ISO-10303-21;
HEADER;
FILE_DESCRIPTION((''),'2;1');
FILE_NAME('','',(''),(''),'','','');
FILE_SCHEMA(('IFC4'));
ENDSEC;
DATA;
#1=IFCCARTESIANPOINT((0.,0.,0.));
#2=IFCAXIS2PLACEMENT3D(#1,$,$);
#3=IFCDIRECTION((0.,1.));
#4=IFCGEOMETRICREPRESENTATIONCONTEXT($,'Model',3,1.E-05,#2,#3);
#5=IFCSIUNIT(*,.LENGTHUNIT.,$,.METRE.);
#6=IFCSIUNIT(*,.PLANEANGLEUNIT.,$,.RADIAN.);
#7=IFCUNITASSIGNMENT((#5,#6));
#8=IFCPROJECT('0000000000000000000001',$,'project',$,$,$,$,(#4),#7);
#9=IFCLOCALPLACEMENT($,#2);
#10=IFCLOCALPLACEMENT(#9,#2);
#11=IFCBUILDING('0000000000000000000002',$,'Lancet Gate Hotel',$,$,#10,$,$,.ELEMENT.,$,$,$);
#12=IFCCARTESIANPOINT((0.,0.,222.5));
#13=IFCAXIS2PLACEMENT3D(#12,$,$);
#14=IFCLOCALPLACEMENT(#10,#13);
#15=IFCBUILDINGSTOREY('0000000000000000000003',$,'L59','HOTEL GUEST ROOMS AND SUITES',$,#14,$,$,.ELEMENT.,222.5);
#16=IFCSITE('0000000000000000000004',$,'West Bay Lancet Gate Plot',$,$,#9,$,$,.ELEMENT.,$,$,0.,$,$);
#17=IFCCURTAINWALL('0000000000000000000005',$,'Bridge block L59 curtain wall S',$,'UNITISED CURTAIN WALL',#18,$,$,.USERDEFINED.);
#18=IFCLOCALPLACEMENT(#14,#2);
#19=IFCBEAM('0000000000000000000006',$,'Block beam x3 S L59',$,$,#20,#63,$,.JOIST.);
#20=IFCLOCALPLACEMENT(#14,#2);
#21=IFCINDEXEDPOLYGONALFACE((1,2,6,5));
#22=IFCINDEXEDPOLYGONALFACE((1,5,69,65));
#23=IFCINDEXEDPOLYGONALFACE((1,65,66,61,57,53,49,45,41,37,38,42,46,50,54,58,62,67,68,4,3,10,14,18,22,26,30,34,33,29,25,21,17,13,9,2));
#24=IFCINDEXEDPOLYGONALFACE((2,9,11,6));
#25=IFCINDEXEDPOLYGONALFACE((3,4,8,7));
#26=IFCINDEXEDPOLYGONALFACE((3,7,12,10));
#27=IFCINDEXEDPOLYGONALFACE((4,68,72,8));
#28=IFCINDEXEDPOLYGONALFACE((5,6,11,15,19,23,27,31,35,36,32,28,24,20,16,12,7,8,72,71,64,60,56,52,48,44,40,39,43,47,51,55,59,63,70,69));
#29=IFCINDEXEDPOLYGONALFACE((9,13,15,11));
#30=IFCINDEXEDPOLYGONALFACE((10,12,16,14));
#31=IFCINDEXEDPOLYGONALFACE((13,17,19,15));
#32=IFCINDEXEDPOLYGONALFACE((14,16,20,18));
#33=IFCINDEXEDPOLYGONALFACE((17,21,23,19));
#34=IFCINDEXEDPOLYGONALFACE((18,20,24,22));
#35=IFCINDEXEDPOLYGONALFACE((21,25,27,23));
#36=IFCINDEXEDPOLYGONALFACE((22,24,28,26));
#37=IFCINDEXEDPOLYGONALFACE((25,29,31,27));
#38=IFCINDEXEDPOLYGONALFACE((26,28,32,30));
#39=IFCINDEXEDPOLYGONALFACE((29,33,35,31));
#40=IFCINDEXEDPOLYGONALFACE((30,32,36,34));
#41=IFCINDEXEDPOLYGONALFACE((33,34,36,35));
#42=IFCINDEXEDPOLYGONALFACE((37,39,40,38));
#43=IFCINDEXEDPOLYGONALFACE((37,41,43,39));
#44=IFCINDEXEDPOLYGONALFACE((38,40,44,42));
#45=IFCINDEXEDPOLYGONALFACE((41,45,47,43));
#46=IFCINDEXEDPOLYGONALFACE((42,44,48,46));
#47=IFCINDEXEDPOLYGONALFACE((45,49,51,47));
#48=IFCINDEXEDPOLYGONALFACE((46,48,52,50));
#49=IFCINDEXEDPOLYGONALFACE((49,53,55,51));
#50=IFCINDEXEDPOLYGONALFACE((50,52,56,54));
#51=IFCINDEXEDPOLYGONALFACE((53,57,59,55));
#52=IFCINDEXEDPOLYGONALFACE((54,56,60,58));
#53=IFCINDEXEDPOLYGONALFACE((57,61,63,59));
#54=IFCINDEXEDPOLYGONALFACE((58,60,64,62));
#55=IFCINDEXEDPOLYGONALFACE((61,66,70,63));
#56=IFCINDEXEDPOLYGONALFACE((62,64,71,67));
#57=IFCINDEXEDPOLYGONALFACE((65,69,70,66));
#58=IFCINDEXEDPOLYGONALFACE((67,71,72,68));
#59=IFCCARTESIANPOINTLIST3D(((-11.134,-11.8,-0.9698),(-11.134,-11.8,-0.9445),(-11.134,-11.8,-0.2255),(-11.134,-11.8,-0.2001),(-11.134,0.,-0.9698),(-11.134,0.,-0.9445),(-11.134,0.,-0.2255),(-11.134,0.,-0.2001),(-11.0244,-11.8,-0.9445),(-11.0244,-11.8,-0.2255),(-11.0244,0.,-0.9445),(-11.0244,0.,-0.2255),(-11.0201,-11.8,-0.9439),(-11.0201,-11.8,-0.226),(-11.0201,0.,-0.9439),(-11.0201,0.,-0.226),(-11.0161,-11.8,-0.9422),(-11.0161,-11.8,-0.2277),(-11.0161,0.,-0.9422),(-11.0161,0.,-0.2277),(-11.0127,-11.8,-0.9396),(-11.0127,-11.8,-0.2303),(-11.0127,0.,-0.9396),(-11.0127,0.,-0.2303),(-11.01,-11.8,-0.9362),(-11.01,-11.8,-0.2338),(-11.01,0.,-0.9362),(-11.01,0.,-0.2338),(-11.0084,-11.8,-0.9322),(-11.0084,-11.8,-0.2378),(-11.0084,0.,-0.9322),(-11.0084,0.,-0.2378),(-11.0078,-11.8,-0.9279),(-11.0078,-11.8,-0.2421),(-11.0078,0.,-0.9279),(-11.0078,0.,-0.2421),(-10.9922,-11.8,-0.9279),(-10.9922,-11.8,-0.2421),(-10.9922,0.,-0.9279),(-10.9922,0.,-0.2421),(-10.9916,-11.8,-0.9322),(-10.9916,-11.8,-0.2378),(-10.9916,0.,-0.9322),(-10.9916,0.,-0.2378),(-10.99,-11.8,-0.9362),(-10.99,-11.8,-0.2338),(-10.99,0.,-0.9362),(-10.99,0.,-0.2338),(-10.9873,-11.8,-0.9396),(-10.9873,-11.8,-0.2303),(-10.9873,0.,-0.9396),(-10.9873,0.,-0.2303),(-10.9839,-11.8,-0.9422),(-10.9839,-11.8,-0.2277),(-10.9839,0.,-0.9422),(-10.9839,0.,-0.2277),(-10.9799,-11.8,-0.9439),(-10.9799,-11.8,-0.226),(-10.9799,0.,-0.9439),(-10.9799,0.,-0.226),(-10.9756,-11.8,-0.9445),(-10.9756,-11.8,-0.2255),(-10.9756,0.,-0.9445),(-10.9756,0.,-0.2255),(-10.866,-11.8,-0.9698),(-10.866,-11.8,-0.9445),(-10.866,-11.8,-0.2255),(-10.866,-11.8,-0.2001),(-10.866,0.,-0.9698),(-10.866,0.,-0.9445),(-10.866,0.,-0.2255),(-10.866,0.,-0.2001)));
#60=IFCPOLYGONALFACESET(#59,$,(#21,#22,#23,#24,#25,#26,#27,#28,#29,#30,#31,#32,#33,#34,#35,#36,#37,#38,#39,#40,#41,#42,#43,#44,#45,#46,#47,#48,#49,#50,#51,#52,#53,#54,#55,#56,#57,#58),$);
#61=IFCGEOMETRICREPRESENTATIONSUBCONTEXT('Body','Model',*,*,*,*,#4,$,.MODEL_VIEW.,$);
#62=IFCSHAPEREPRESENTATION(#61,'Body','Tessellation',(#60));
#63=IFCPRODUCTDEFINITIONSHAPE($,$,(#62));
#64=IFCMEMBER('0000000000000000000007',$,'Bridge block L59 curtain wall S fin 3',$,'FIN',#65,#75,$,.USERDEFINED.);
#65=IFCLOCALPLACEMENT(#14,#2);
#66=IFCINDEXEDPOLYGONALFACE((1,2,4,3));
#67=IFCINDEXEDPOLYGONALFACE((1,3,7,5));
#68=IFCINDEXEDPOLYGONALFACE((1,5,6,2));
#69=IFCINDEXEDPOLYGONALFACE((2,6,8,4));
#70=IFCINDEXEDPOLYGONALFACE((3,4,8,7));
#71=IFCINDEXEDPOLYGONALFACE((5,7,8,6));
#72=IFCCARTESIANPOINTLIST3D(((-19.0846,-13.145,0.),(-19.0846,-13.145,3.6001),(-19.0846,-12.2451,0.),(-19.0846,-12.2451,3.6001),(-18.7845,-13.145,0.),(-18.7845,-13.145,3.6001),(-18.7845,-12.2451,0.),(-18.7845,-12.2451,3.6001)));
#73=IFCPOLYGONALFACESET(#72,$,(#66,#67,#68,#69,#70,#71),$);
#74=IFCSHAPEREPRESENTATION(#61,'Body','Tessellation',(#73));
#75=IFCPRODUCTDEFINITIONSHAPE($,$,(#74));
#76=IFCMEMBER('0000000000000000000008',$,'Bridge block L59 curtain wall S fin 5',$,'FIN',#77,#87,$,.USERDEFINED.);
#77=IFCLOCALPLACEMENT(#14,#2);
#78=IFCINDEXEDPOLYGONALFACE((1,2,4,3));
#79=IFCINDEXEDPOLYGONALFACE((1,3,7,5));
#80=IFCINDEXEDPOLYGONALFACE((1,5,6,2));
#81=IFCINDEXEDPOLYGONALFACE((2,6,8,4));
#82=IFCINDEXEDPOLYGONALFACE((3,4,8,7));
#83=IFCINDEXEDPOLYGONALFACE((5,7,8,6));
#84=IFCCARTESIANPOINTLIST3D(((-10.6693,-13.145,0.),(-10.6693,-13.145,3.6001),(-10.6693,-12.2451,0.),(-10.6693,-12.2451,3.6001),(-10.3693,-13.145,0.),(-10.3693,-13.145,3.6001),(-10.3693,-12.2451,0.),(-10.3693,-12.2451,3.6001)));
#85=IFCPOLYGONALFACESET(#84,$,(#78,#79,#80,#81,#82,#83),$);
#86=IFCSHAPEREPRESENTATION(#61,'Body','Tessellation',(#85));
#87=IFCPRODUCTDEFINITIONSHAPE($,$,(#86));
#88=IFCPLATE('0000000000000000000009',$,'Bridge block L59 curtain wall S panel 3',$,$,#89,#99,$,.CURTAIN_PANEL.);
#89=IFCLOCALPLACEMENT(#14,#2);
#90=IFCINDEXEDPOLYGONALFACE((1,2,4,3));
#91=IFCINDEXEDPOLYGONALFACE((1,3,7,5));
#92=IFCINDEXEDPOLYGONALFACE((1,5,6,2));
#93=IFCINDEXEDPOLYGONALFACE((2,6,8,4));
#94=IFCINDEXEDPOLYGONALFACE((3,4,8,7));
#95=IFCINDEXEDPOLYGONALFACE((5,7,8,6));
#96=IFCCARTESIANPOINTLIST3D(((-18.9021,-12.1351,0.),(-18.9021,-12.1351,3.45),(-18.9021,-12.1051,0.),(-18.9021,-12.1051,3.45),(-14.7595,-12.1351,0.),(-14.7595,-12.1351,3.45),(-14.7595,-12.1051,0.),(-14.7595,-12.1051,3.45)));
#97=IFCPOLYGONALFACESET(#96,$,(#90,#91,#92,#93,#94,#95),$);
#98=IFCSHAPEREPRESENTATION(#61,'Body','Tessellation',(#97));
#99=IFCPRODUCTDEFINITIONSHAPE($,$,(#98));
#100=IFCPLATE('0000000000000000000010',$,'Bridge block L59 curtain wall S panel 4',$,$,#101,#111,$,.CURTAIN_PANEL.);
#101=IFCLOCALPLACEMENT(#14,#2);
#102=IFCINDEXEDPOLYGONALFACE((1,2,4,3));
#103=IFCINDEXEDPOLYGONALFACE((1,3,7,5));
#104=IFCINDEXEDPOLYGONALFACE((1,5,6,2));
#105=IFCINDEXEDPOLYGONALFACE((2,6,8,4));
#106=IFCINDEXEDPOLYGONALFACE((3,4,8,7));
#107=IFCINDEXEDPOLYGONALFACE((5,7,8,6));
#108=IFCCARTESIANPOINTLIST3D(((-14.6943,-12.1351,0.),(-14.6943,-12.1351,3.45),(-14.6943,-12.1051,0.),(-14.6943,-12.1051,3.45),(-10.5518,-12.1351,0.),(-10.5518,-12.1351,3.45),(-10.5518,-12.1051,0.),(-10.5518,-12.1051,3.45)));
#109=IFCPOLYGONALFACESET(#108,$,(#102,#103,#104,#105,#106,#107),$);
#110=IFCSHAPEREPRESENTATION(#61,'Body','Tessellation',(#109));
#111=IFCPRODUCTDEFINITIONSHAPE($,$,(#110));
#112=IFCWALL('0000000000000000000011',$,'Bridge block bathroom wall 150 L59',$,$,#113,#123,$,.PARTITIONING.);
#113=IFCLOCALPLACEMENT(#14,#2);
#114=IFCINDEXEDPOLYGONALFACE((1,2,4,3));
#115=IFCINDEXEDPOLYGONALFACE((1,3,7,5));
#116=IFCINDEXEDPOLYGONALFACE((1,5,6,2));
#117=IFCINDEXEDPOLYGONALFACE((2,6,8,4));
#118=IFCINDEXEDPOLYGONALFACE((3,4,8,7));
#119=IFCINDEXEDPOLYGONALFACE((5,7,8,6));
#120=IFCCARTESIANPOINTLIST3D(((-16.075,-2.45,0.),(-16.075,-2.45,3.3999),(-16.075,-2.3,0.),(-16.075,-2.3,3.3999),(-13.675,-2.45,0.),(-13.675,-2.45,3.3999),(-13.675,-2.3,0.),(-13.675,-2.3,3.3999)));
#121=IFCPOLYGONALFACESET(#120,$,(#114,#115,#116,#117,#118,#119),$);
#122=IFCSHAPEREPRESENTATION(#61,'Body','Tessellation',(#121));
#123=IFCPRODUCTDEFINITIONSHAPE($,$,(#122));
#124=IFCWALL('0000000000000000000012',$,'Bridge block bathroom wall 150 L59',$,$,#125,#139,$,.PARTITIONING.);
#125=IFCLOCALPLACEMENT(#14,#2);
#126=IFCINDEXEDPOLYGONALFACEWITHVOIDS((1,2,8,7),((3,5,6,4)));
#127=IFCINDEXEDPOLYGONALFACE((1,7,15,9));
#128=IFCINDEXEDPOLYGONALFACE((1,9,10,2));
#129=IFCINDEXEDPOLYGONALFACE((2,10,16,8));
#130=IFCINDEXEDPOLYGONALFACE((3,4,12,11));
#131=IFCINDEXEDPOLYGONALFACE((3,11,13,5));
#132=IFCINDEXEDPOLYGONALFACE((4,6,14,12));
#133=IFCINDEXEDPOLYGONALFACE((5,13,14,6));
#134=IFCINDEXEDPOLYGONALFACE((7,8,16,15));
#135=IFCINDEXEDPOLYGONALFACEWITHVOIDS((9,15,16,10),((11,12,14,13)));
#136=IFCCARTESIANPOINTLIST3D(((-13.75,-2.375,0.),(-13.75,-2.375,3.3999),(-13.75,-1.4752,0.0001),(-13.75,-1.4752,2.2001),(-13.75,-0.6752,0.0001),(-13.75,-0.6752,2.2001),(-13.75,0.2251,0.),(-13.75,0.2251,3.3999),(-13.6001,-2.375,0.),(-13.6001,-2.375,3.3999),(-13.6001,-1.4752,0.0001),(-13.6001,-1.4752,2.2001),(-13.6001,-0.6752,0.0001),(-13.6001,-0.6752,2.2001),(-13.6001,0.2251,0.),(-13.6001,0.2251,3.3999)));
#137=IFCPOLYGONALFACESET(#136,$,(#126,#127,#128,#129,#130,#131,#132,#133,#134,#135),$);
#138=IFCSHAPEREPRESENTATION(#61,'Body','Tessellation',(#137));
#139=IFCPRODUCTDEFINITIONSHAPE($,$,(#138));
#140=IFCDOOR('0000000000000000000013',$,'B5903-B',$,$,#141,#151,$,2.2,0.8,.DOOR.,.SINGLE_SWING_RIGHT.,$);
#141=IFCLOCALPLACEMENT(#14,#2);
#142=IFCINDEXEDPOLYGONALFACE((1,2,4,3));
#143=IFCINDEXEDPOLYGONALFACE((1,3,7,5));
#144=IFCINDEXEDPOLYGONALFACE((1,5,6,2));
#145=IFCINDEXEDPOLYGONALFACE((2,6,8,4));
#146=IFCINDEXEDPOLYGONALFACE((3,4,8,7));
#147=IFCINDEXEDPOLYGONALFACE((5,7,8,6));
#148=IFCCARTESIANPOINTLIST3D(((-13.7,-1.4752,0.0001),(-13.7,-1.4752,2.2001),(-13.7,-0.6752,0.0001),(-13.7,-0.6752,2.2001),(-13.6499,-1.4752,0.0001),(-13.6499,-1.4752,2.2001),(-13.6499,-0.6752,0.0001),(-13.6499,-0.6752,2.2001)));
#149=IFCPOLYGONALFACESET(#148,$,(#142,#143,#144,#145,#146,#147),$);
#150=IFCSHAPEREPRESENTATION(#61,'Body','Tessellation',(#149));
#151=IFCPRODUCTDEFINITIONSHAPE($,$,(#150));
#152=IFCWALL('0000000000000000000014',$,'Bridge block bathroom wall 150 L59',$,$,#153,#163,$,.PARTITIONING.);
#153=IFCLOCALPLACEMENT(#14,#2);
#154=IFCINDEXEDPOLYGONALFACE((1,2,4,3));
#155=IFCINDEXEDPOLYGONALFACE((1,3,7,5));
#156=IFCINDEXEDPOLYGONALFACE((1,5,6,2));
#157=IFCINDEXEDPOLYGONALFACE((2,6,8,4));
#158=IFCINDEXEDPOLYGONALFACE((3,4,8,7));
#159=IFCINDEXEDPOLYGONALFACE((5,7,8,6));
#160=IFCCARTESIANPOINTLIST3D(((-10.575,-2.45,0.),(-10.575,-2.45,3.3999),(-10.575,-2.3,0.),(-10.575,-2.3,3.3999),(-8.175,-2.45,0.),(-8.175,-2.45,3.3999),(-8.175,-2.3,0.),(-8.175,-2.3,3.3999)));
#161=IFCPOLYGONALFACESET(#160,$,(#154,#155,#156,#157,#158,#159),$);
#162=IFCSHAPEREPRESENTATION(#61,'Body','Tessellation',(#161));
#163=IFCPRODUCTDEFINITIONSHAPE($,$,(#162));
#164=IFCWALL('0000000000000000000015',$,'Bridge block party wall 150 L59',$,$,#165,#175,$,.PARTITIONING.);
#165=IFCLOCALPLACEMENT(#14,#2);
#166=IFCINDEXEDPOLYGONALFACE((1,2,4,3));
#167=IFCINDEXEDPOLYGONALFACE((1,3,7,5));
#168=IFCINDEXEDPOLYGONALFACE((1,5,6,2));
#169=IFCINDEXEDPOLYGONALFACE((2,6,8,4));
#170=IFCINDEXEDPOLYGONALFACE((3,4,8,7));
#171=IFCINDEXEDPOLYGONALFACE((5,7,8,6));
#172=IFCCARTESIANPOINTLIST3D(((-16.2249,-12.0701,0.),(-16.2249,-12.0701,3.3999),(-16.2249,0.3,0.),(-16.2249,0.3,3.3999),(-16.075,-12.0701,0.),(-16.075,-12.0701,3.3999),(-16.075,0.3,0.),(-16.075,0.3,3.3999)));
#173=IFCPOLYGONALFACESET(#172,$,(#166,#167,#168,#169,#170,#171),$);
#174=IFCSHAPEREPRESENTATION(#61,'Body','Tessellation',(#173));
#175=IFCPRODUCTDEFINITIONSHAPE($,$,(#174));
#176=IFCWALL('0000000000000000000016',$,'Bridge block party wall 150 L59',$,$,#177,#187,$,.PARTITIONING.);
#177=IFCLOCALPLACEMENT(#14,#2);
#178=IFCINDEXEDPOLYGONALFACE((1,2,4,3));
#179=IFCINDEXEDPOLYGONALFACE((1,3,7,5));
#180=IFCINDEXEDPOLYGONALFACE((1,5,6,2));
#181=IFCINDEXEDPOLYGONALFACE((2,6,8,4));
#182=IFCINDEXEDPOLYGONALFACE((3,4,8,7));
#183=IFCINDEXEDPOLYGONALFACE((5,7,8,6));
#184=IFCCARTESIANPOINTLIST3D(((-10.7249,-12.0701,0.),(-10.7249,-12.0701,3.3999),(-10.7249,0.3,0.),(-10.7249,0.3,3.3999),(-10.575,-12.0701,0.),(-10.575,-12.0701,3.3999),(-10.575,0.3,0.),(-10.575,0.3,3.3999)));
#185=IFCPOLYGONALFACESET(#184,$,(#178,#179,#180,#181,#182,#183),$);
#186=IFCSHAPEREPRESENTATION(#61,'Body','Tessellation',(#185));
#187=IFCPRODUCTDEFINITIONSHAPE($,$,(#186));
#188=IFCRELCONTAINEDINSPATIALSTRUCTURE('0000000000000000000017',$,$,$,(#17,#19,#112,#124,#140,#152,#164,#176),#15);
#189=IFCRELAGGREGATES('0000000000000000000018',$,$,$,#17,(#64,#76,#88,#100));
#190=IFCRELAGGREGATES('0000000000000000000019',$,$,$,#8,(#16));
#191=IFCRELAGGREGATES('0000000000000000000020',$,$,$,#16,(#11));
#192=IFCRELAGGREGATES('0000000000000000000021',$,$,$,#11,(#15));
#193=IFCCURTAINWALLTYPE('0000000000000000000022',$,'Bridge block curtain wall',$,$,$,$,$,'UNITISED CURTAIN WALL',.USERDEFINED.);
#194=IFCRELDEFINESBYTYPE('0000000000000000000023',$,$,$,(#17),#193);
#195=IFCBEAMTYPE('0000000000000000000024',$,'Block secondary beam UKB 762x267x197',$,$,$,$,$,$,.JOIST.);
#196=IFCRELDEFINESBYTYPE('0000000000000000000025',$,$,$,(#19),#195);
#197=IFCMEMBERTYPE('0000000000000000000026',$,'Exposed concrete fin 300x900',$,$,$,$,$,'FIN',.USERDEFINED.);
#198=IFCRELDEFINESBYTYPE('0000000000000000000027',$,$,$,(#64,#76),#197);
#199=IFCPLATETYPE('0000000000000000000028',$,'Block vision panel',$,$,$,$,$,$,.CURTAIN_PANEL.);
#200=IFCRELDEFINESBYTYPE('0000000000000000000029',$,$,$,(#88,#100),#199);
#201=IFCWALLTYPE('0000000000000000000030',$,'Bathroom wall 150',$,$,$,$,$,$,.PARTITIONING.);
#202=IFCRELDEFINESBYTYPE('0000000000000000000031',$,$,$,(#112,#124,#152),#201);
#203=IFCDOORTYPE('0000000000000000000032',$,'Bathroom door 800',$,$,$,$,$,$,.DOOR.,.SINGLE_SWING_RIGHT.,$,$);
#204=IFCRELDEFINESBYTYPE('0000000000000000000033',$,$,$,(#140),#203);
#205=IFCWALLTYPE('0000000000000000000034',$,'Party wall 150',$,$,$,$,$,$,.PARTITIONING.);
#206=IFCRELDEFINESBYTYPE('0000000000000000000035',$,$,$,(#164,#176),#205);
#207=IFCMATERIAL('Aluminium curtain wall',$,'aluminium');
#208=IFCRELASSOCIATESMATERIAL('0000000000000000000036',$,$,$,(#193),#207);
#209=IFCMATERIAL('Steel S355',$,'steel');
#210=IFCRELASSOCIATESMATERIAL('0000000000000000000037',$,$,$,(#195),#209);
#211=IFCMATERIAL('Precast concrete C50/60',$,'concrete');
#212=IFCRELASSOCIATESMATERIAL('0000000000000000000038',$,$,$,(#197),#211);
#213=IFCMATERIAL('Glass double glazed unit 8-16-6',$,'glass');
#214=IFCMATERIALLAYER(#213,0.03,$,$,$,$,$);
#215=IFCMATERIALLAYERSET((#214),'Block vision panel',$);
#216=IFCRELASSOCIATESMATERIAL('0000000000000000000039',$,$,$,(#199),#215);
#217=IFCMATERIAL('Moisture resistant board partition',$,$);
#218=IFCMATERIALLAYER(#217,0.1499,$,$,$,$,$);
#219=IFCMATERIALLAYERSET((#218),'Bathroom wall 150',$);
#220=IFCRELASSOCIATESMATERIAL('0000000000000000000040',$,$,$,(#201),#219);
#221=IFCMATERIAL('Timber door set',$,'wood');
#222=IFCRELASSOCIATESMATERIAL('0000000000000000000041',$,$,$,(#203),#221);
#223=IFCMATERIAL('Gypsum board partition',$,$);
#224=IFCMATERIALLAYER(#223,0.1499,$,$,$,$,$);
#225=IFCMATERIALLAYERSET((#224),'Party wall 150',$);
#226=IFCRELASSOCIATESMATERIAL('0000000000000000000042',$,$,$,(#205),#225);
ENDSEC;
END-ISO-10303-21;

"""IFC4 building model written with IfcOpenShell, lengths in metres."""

from ifc_helpers import new_model, si_unit, direction, frame, frame_2d, origin, origin_2d, place, context, subcontext, project, spatial, rectangle, i_section, extrude, material, layer, layer_set, material_profile, profile_set, type_object, element, fill, aggregate, save


model = new_model("IFC4")

# Units and contexts
model_context = context("Model", 3, precision=1e-05, world=origin(), true_north=direction((0.0, 1.0)))
body_context = subcontext(model_context, "Body", "Model", "MODEL_VIEW")
ifc_project = project(units=[si_unit("LENGTHUNIT", "METRE"), si_unit("PLANEANGLEUNIT", "RADIAN")], contexts=[model_context])

# Site, building, storey
site_placement = place(None, origin())
site = spatial("IfcSite", under=ifc_project, at=site_placement, Name="West Bay Lancet Gate Plot", CompositionType="ELEMENT", RefElevation=0.0)
building_placement = place(site_placement, origin())
building = spatial("IfcBuilding", under=site, at=building_placement, Name="Lancet Gate Hotel", CompositionType="ELEMENT")
storey_placement = place(building_placement, frame((0.0, 0.0, 222.5)))
storey = spatial("IfcBuildingStorey", under=building, at=storey_placement, Name="L59", Description="HOTEL GUEST ROOMS AND SUITES", CompositionType="ELEMENT", Elevation=222.5)

# Curtain wall
ifc_material_1 = material(Name="Aluminium curtain wall", Category="aluminium")
curtain_wall_type = type_object("IfcCurtainWallType", Name="Bridge block curtain wall", ElementType="UNITISED CURTAIN WALL", PredefinedType="USERDEFINED", material=ifc_material_1)
curtain_wall_placement = place(storey_placement, origin())
curtain_wall = element("IfcCurtainWall", 1, at=curtain_wall_placement, inside=storey, type_object=curtain_wall_type, Name="Bridge block L59 curtain wall S", ObjectType="UNITISED CURTAIN WALL", PredefinedType="USERDEFINED")

# Beam
ifc_material_2 = material(Name="Steel S355", Category="steel")
ifc_material_profile_1 = material_profile(ifc_material_2, i_section(OverallWidth=0.2681, OverallDepth=0.7698, WebThickness=0.0156, FlangeThickness=0.0254, FilletRadius=0.0166, at=origin_2d()), Name="UKB 762x267x197")
ifc_profile_set_1 = profile_set([ifc_material_profile_1], Name="Steel S355")
beam_type_1 = type_object("IfcBeamType", Name="Block secondary beam UKB 762x267x197", PredefinedType="JOIST", material=ifc_profile_set_1)
for number, where, z_axis, x_axis, name in (
    (2, (-11.0, -11.8, -0.585), (0.0, 1.0, 0.0), (-1.0, 0.0, 0.0), "Block beam x3 S L59"),
):
    element("IfcBeam", number, at=place(storey_placement, frame(where, z_axis=z_axis, x_axis=x_axis)), inside=storey, type_object=beam_type_1, Name=name, PredefinedType="JOIST", context=body_context, shape_type="SweptSolid", body=[
        extrude(i_section(OverallWidth=0.2681, OverallDepth=0.7698, WebThickness=0.0156, FlangeThickness=0.0254, FilletRadius=0.0166, at=origin_2d()), origin(), (0.0, 0.0, 1.0), 11.8),
    ])

# Members
ifc_material_3 = material(Name="Precast concrete C50/60", Category="concrete")
ifc_material_profile_2 = material_profile(ifc_material_3, rectangle(XDim=0.3, YDim=0.8999, at=origin_2d()), Name="FIN 300x900")
ifc_profile_set_2 = profile_set([ifc_material_profile_2], Name="Precast concrete C50/60")
member_type_1 = type_object("IfcMemberType", Name="Exposed concrete fin 300x900", ElementType="FIN", PredefinedType="USERDEFINED", material=ifc_profile_set_2)
member_1_placement = place(storey_placement, frame((-18.9346, -12.6951, 0.0), z_axis=(0.0, 0.0, 1.0), x_axis=(1.0, 0.0, 0.0)))
member_1 = element("IfcMember", 3, at=member_1_placement, type_object=member_type_1, Name="Bridge block L59 curtain wall S fin 3", ObjectType="FIN", PredefinedType="USERDEFINED", context=body_context, shape_type="SweptSolid", body=[
    extrude(rectangle(XDim=0.3, YDim=0.8999, at=origin_2d()), origin(), (0.0, 0.0, 1.0), 3.6001),
])
member_2_placement = place(storey_placement, frame((-10.5193, -12.6951, 0.0), z_axis=(0.0, 0.0, 1.0), x_axis=(1.0, 0.0, 0.0)))
member_2 = element("IfcMember", 4, at=member_2_placement, type_object=member_type_1, Name="Bridge block L59 curtain wall S fin 5", ObjectType="FIN", PredefinedType="USERDEFINED", context=body_context, shape_type="SweptSolid", body=[
    extrude(rectangle(XDim=0.3, YDim=0.8999, at=origin_2d()), origin(), (0.0, 0.0, 1.0), 3.6001),
])

# Plates
ifc_material_4 = material(Name="Glass double glazed unit 8-16-6", Category="glass")
ifc_layer_1 = layer(ifc_material_4, 0.03)
ifc_layer_set_1 = layer_set([ifc_layer_1], Name="Block vision panel")
plate_type = type_object("IfcPlateType", Name="Block vision panel", PredefinedType="CURTAIN_PANEL", material=ifc_layer_set_1)
plate_1_placement = place(storey_placement, frame((-16.8308, -12.1201, 0.0), z_axis=(0.0, 0.0, 1.0), x_axis=(1.0, 0.0, 0.0)))
plate_1 = element("IfcPlate", 5, at=plate_1_placement, type_object=plate_type, Name="Bridge block L59 curtain wall S panel 3", PredefinedType="CURTAIN_PANEL", context=body_context, shape_type="SweptSolid", body=[
    extrude(rectangle(XDim=4.1426, YDim=0.03, at=origin_2d()), origin(), (0.0, 0.0, 1.0), 3.45),
])
plate_2_placement = place(storey_placement, frame((-12.623, -12.1201, 0.0), z_axis=(0.0, 0.0, 1.0), x_axis=(1.0, 0.0, 0.0)))
plate_2 = element("IfcPlate", 6, at=plate_2_placement, type_object=plate_type, Name="Bridge block L59 curtain wall S panel 4", PredefinedType="CURTAIN_PANEL", context=body_context, shape_type="SweptSolid", body=[
    extrude(rectangle(XDim=4.1426, YDim=0.03, at=origin_2d()), origin(), (0.0, 0.0, 1.0), 3.45),
])
aggregate(curtain_wall, [member_1, member_2, plate_1, plate_2])

# Wall
ifc_material_5 = material(Name="Moisture resistant board partition")
ifc_layer_2 = layer(ifc_material_5, 0.1499)
ifc_layer_set_2 = layer_set([ifc_layer_2], Name="Bathroom wall 150")
wall_type_1 = type_object("IfcWallType", Name="Bathroom wall 150", PredefinedType="PARTITIONING", material=ifc_layer_set_2)
wall_1_placement = place(storey_placement, frame((-16.075, -2.375, 0.0), z_axis=(0.0, 0.0, 1.0), x_axis=(1.0, 0.0, 0.0)))
element("IfcWall", 7, at=wall_1_placement, inside=storey, type_object=wall_type_1, Name="Bridge block bathroom wall 150 L59", PredefinedType="PARTITIONING", context=body_context, shape_type="SweptSolid", body=[
    extrude(rectangle(XDim=2.3999, YDim=0.1499, at=frame_2d((1.2, 0.0))), origin(), (0.0, 0.0, 1.0), 3.3999),
])

# Wall, opening, door
wall_2_placement = place(storey_placement, frame((-13.675, -2.375, 0.0), z_axis=(0.0, 0.0, 1.0), x_axis=(0.0, 1.0, 0.0)))
wall_2 = element("IfcWall", 8, at=wall_2_placement, inside=storey, type_object=wall_type_1, Name="Bridge block bathroom wall 150 L59", PredefinedType="PARTITIONING", context=body_context, shape_type="SweptSolid", body=[
    extrude(rectangle(XDim=2.6001, YDim=0.1499, at=frame_2d((1.3, 0.0))), origin(), (0.0, 0.0, 1.0), 3.3999),
])
opening_placement = place(wall_2_placement, frame((0.8999, 0.0, 0.0)))
opening = element("IfcOpeningElement", 9, at=opening_placement, cuts=wall_2, PredefinedType="OPENING", context=body_context, shape_type="SweptSolid", body=[
    extrude(rectangle(XDim=0.8, YDim=2.2, at=frame_2d((0.3999, 1.1001))), frame((0.0, 0.085, 0.0), z_axis=(0.0, -1.0, 0.0), x_axis=(1.0, 0.0, 0.0)), (0.0, 0.0, 1.0), 0.1699),
])
ifc_material_6 = material(Name="Timber door set", Category="wood")
door_type = type_object("IfcDoorType", Name="Bathroom door 800", OperationType="SINGLE_SWING_RIGHT", PredefinedType="DOOR", material=ifc_material_6)
door_placement = place(opening_placement, origin())
door = element("IfcDoor", 10, at=door_placement, inside=storey, type_object=door_type, Name="B5903-B", OperationType="SINGLE_SWING_RIGHT", OverallHeight=2.2, OverallWidth=0.8, PredefinedType="DOOR", context=body_context, shape_type="SweptSolid", body=[
    extrude(rectangle(XDim=0.8, YDim=2.2, at=frame_2d((0.3999, 1.1001))), frame((0.0, 0.0249, 0.0), z_axis=(0.0, -1.0, 0.0), x_axis=(1.0, 0.0, 0.0)), (0.0, 0.0, 1.0), 0.05),
])
fill(opening, door)

# Walls
wall_3_placement = place(storey_placement, frame((-10.575, -2.375, 0.0), z_axis=(0.0, 0.0, 1.0), x_axis=(1.0, 0.0, 0.0)))
element("IfcWall", 11, at=wall_3_placement, inside=storey, type_object=wall_type_1, Name="Bridge block bathroom wall 150 L59", PredefinedType="PARTITIONING", context=body_context, shape_type="SweptSolid", body=[
    extrude(rectangle(XDim=2.3999, YDim=0.1499, at=frame_2d((1.2, 0.0))), origin(), (0.0, 0.0, 1.0), 3.3999),
])
ifc_material_7 = material(Name="Gypsum board partition")
ifc_layer_3 = layer(ifc_material_7, 0.1499)
ifc_layer_set_3 = layer_set([ifc_layer_3], Name="Party wall 150")
wall_type_2 = type_object("IfcWallType", Name="Party wall 150", PredefinedType="PARTITIONING", material=ifc_layer_set_3)
for number, where, z_axis, x_axis, name in (
    (12, (-16.1499, -12.0701, 0.0), (0.0, 0.0, 1.0), (0.0, 1.0, 0.0), "Bridge block party wall 150 L59"),
    (13, (-10.6499, -12.0701, 0.0), (0.0, 0.0, 1.0), (0.0, 1.0, 0.0), "Bridge block party wall 150 L59"),
):
    element("IfcWall", number, at=place(storey_placement, frame(where, z_axis=z_axis, x_axis=x_axis)), inside=storey, type_object=wall_type_2, Name=name, PredefinedType="PARTITIONING", context=body_context, shape_type="SweptSolid", body=[
        extrude(rectangle(XDim=12.3701, YDim=0.1499, at=frame_2d((6.1851, 0.0))), origin(), (0.0, 0.0, 1.0), 3.3999),
    ])

save(model, "model.ifc")
